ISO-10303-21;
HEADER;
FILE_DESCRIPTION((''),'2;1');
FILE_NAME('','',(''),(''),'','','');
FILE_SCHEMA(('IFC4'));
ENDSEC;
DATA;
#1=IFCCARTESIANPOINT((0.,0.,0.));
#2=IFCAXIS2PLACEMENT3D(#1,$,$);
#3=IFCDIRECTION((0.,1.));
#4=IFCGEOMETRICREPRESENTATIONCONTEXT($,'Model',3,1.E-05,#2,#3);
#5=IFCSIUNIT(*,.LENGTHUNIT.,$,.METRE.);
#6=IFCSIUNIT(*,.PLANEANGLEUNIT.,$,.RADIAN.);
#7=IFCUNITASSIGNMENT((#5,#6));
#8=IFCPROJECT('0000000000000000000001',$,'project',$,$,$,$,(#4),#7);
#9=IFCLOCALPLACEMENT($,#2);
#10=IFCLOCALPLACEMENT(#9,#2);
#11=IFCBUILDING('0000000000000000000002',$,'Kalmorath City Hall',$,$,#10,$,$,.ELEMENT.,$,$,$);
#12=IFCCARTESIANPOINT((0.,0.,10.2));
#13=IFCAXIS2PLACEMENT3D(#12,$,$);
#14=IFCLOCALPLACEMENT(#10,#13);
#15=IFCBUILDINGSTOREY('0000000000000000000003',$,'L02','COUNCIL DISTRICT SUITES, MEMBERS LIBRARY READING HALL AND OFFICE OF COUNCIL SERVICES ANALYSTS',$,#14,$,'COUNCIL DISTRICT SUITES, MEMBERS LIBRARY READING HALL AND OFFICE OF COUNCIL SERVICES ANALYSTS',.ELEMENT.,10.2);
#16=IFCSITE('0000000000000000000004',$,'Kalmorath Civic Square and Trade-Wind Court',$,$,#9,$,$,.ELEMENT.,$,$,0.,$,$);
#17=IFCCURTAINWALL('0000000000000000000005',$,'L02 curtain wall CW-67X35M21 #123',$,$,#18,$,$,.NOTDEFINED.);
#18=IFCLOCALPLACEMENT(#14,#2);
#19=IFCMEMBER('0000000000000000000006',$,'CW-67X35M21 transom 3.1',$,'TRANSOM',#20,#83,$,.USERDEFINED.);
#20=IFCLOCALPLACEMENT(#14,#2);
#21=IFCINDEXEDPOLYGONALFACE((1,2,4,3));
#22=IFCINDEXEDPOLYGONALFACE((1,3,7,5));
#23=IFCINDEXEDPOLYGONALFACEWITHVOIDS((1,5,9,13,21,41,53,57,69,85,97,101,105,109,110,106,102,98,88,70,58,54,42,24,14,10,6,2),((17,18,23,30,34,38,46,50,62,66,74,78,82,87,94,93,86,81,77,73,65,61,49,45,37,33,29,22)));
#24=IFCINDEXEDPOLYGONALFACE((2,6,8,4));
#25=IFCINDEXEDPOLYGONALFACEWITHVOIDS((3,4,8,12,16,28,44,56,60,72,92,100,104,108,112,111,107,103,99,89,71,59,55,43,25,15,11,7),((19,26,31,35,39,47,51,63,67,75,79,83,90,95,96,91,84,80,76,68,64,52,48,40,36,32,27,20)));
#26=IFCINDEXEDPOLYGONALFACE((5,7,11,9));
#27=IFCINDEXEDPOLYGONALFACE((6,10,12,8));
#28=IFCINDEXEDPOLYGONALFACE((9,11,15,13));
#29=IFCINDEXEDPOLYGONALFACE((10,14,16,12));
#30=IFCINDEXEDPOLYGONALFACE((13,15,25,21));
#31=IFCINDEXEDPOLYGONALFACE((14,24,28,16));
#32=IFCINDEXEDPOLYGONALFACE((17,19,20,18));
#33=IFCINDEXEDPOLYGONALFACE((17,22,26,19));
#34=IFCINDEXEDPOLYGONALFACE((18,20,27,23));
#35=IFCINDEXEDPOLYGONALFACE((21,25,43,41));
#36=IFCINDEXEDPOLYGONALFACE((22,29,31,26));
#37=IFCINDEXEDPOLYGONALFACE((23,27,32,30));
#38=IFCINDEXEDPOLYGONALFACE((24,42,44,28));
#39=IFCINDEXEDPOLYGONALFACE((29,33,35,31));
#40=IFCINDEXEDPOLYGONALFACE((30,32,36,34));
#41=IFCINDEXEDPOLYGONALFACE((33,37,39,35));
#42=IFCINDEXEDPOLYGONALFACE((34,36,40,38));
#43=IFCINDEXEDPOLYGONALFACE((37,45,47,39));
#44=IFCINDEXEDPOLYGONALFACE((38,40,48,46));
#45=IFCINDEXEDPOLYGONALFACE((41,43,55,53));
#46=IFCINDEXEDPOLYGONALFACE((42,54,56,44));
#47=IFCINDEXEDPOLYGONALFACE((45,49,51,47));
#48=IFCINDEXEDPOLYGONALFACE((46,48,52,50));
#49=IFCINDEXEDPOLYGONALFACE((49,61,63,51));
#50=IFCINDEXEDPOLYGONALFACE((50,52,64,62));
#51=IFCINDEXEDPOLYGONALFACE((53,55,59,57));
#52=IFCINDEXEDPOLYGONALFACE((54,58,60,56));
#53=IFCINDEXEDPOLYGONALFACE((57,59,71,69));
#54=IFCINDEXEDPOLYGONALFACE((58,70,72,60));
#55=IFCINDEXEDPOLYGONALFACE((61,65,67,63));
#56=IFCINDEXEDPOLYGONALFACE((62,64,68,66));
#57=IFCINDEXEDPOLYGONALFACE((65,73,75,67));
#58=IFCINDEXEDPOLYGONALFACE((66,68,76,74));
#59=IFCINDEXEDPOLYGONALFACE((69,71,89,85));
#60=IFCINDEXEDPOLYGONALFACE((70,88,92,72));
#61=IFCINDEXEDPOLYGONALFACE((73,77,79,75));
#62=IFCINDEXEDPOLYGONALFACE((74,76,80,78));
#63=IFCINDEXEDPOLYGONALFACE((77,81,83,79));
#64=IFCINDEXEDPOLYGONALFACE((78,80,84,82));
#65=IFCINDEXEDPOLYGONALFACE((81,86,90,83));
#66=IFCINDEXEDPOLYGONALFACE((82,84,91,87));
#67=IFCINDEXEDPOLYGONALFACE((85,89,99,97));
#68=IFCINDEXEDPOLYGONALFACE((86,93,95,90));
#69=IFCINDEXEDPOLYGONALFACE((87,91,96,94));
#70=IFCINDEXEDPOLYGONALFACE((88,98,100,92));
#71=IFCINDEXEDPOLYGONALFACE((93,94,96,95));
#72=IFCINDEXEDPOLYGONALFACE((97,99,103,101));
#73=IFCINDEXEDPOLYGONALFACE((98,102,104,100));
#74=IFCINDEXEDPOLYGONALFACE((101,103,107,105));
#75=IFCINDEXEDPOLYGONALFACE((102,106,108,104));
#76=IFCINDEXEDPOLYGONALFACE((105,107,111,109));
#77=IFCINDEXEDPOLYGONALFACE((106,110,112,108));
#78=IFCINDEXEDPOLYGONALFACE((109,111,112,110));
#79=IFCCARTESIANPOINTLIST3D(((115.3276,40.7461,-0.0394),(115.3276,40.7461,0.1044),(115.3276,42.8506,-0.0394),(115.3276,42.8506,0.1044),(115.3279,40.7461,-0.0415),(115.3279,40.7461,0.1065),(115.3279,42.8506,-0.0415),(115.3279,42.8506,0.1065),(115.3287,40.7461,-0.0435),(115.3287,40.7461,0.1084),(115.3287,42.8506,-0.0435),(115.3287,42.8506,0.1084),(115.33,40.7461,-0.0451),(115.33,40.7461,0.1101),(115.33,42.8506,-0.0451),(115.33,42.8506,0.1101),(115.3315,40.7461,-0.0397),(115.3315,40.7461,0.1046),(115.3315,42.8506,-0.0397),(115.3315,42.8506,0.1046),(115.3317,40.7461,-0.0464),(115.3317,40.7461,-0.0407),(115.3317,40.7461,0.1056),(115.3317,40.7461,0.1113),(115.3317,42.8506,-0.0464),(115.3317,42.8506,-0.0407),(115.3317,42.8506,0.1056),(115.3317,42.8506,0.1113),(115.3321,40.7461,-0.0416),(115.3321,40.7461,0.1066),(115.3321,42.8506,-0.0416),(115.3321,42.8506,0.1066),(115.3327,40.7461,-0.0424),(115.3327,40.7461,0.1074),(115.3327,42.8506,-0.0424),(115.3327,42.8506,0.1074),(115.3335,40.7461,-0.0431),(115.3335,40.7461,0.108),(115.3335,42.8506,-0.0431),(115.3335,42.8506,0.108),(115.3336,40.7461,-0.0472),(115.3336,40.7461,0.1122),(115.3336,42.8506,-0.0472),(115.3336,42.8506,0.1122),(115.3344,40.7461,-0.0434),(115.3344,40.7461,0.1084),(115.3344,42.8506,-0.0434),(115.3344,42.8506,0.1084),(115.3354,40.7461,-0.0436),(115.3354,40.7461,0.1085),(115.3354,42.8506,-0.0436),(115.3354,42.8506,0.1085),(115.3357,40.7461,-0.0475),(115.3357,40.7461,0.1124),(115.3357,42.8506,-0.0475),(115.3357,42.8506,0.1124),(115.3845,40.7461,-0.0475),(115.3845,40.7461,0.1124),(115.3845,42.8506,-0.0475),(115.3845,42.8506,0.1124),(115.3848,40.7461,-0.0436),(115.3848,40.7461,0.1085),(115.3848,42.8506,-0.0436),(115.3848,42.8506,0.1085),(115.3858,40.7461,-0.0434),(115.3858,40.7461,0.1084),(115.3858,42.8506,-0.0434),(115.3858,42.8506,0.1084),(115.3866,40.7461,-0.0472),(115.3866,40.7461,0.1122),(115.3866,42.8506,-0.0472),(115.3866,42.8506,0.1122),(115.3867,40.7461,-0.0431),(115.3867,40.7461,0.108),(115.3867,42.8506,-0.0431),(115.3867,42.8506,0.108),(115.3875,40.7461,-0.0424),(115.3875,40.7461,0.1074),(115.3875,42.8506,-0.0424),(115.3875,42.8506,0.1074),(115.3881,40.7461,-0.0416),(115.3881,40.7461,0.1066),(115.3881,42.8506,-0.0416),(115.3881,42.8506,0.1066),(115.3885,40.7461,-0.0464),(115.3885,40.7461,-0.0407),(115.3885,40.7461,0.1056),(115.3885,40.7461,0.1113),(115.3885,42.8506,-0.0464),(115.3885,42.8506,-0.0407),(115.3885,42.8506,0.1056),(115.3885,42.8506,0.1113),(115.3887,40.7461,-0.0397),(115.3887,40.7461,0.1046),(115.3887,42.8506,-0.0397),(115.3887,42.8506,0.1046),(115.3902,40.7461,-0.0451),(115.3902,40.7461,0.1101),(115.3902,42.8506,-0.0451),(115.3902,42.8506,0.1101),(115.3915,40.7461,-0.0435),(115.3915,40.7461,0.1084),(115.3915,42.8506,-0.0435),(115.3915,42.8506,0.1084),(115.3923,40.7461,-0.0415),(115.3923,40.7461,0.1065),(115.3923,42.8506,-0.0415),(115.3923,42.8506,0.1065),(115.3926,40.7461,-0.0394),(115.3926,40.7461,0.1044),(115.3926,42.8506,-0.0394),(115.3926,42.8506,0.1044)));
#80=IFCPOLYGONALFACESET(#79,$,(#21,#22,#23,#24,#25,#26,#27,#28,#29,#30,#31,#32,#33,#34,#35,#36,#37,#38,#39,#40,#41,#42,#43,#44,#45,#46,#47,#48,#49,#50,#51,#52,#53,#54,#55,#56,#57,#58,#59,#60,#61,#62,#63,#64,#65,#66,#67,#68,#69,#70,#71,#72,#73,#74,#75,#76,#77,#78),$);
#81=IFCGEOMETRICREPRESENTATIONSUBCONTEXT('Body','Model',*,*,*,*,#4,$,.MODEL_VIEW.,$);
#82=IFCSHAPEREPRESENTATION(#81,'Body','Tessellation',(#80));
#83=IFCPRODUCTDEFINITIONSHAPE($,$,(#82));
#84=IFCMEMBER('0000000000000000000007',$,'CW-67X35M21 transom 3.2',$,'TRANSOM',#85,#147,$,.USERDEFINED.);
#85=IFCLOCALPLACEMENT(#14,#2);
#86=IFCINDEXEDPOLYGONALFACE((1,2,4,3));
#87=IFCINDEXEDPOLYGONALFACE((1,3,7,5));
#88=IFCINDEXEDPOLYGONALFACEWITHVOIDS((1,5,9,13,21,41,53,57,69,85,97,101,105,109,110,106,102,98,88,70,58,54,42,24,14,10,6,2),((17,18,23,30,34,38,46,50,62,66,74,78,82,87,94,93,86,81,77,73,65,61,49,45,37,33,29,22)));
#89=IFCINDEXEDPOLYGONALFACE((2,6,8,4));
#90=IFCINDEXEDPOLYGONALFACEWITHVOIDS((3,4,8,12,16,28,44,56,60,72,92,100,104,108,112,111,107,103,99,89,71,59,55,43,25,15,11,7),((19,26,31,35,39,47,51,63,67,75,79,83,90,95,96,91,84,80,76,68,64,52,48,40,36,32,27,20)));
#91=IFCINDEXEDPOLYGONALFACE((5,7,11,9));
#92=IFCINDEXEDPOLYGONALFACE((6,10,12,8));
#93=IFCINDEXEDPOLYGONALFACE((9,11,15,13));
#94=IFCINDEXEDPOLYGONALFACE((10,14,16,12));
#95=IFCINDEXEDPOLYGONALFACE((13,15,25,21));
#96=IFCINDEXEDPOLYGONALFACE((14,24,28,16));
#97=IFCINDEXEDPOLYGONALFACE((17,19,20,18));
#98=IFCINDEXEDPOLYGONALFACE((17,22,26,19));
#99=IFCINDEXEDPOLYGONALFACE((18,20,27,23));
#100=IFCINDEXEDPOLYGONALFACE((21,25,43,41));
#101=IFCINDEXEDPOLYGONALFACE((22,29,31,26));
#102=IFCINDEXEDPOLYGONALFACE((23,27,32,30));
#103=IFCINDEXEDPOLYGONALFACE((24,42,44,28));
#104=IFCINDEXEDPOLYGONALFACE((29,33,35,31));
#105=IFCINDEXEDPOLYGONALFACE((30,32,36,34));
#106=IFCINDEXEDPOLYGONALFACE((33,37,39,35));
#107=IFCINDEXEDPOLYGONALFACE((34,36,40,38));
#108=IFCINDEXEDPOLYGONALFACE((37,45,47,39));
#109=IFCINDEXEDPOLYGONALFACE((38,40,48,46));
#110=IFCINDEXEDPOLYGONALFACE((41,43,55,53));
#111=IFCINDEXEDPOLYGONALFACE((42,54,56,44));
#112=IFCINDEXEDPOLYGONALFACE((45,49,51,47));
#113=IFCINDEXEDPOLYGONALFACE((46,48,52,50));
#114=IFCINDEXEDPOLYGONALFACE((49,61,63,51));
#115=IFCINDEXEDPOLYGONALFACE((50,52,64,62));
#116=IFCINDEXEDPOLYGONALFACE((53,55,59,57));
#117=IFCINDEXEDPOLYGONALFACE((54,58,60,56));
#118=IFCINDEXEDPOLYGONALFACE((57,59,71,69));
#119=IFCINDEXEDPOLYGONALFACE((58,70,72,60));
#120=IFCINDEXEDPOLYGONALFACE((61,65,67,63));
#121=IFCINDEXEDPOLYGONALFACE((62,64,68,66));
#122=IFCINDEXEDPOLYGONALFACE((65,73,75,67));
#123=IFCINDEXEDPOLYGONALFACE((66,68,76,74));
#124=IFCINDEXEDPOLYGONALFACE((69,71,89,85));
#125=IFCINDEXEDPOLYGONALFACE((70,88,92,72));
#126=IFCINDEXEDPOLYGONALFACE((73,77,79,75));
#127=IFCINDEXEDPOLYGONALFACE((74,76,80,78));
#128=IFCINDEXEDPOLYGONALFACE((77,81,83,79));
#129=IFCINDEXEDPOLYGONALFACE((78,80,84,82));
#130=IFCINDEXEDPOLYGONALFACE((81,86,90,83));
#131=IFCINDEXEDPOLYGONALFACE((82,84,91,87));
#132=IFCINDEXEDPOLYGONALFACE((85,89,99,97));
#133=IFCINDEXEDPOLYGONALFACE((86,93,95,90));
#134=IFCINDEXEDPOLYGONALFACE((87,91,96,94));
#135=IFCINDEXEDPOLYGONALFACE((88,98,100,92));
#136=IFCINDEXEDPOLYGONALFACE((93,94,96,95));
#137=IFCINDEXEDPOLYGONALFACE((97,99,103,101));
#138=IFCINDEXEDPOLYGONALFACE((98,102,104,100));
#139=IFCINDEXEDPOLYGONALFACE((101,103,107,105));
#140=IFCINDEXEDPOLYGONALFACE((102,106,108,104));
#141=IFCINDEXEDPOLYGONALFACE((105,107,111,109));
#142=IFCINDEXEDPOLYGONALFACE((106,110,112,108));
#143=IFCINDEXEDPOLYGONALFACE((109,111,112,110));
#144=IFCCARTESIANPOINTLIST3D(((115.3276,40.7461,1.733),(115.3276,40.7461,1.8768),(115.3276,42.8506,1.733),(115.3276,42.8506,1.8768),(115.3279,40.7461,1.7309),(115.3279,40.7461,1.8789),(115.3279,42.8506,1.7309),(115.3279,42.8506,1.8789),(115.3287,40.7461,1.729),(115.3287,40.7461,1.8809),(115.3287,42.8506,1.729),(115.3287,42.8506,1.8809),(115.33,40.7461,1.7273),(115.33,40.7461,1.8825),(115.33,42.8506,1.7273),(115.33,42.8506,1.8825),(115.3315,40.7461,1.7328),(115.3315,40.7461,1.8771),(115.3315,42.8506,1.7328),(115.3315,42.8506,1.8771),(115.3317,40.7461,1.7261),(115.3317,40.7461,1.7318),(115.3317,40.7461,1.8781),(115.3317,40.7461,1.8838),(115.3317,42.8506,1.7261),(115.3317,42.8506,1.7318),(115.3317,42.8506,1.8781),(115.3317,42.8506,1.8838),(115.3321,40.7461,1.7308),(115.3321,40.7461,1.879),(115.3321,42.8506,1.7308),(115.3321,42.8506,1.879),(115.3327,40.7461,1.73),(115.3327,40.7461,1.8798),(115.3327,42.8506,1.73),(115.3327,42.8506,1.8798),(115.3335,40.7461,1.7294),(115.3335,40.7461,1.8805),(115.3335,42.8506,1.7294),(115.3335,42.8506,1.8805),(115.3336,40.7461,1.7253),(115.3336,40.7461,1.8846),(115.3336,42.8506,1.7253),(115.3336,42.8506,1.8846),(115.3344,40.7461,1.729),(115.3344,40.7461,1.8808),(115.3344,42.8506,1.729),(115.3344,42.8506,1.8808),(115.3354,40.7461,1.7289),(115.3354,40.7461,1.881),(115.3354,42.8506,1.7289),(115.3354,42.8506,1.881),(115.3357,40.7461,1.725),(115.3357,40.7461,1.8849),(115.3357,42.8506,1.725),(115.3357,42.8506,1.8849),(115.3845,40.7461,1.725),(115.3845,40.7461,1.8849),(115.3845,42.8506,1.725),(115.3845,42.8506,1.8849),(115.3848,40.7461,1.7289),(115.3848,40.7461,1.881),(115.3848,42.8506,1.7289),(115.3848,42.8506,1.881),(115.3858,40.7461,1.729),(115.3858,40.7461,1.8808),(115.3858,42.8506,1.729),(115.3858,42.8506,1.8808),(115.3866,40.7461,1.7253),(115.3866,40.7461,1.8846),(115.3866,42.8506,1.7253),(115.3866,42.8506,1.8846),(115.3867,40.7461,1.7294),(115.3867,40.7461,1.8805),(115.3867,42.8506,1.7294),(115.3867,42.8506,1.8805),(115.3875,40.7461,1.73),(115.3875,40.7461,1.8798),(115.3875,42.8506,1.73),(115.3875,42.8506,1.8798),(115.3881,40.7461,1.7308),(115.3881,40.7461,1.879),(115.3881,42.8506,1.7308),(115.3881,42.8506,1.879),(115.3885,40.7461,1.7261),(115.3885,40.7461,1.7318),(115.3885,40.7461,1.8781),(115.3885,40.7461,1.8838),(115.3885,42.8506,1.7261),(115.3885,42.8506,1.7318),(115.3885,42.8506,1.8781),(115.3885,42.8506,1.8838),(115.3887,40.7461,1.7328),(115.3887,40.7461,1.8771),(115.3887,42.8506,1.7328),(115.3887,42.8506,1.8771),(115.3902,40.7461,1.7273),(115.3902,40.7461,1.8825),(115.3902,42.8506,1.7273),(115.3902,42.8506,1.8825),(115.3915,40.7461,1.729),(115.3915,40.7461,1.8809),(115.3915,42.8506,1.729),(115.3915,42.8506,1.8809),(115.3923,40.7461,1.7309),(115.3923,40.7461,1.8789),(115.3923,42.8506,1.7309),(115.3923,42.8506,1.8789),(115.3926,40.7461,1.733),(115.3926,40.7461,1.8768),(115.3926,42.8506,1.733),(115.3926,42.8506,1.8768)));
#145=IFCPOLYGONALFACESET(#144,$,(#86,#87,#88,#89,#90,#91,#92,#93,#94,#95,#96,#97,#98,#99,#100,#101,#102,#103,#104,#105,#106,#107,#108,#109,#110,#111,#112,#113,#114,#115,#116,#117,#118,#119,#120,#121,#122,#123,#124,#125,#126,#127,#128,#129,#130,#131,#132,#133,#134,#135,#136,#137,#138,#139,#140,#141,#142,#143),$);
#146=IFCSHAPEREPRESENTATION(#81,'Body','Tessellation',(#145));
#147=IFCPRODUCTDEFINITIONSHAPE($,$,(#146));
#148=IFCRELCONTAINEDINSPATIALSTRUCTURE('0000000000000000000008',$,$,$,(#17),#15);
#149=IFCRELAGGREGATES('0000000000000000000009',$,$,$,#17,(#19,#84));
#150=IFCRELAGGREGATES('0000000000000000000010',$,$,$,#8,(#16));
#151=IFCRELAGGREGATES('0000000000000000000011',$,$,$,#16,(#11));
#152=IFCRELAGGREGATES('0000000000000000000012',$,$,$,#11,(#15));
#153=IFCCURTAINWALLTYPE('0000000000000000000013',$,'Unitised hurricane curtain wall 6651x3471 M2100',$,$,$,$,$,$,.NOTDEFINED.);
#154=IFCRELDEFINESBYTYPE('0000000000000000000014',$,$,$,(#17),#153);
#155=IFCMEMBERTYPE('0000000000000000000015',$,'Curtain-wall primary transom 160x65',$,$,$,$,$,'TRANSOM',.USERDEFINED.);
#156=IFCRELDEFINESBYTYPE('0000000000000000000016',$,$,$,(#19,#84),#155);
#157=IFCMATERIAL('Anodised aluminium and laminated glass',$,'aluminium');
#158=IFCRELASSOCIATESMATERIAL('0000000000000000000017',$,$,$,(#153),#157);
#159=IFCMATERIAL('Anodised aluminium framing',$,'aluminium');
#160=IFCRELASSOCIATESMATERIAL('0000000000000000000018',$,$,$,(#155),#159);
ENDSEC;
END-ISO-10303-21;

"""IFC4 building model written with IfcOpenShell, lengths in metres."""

from ifc_helpers import new_model, si_unit, direction, frame, origin, origin_2d, place, context, subcontext, project, spatial, hollow_rectangle, extrude, material, material_profile, profile_set, type_object, element, aggregate, save


model = new_model("IFC4")

# Units and contexts
model_context = context("Model", 3, precision=1e-05, world=origin(), true_north=direction((0.0, 1.0)))
body_context = subcontext(model_context, "Body", "Model", "MODEL_VIEW")
ifc_project = project(units=[si_unit("LENGTHUNIT", "METRE"), si_unit("PLANEANGLEUNIT", "RADIAN")], contexts=[model_context])

# Site, building, storey
site_placement = place(None, origin())
site = spatial("IfcSite", under=ifc_project, at=site_placement, Name="Kalmorath Civic Square and Trade-Wind Court", CompositionType="ELEMENT", RefElevation=0.0)
building_placement = place(site_placement, origin())
building = spatial("IfcBuilding", under=site, at=building_placement, Name="Kalmorath City Hall", CompositionType="ELEMENT")
storey_placement = place(building_placement, frame((0.0, 0.0, 10.2)))
storey = spatial("IfcBuildingStorey", under=building, at=storey_placement, Name="L02", Description="COUNCIL DISTRICT SUITES, MEMBERS LIBRARY READING HALL AND OFFICE OF COUNCIL SERVICES ANALYSTS", LongName="COUNCIL DISTRICT SUITES, MEMBERS LIBRARY READING HALL AND OFFICE OF COUNCIL SERVICES ANALYSTS", CompositionType="ELEMENT", Elevation=10.2)

# Curtain wall, members
ifc_material_1 = material(Name="Anodised aluminium and laminated glass", Category="aluminium")
curtain_wall_type_1 = type_object("IfcCurtainWallType", Name="Unitised hurricane curtain wall 6651x3471 M2100", PredefinedType="NOTDEFINED", material=ifc_material_1)
curtain_wall_1_placement = place(storey_placement, origin())
curtain_wall_1 = element("IfcCurtainWall", 1, at=curtain_wall_1_placement, inside=storey, type_object=curtain_wall_type_1, Name="L02 curtain wall CW-67X35M21 #123", PredefinedType="NOTDEFINED")
ifc_material_2 = material(Name="Anodised aluminium framing", Category="aluminium")
ifc_material_profile_1 = material_profile(ifc_material_2, hollow_rectangle(XDim=0.0649, YDim=0.1599, WallThickness=0.0039, InnerFilletRadius=0.0039, OuterFilletRadius=0.0081, at=origin_2d()), Name="ALU-TRN-160X65X4")
ifc_profile_set_1 = profile_set([ifc_material_profile_1], Name="Anodised aluminium framing")
member_type_1 = type_object("IfcMemberType", Name="Curtain-wall primary transom 160x65", ElementType="TRANSOM", PredefinedType="USERDEFINED", material=ifc_profile_set_1)
member_1_placement = place(storey_placement, frame((115.3601, 40.7461, 0.0325), z_axis=(0.0, 1.0, 0.0), x_axis=(-1.0, 0.0, 0.0)))
member_1 = element("IfcMember", 2, at=member_1_placement, type_object=member_type_1, Name="CW-67X35M21 transom 3.1", ObjectType="TRANSOM", PredefinedType="USERDEFINED", context=body_context, shape_type="SweptSolid", body=[
    extrude(hollow_rectangle(XDim=0.0649, YDim=0.1599, WallThickness=0.0039, InnerFilletRadius=0.0039, OuterFilletRadius=0.0081, at=origin_2d()), origin(), (0.0, 0.0, 1.0), 2.1045),
])
member_2_placement = place(storey_placement, frame((115.3601, 40.7461, 1.8049), z_axis=(0.0, 1.0, 0.0), x_axis=(-1.0, 0.0, 0.0)))
member_2 = element("IfcMember", 3, at=member_2_placement, type_object=member_type_1, Name="CW-67X35M21 transom 3.2", ObjectType="TRANSOM", PredefinedType="USERDEFINED", context=body_context, shape_type="SweptSolid", body=[
    extrude(hollow_rectangle(XDim=0.0649, YDim=0.1599, WallThickness=0.0039, InnerFilletRadius=0.0039, OuterFilletRadius=0.0081, at=origin_2d()), origin(), (0.0, 0.0, 1.0), 2.1045),
])
aggregate(curtain_wall_1, [member_1, member_2])

save(model, "model.ifc")
